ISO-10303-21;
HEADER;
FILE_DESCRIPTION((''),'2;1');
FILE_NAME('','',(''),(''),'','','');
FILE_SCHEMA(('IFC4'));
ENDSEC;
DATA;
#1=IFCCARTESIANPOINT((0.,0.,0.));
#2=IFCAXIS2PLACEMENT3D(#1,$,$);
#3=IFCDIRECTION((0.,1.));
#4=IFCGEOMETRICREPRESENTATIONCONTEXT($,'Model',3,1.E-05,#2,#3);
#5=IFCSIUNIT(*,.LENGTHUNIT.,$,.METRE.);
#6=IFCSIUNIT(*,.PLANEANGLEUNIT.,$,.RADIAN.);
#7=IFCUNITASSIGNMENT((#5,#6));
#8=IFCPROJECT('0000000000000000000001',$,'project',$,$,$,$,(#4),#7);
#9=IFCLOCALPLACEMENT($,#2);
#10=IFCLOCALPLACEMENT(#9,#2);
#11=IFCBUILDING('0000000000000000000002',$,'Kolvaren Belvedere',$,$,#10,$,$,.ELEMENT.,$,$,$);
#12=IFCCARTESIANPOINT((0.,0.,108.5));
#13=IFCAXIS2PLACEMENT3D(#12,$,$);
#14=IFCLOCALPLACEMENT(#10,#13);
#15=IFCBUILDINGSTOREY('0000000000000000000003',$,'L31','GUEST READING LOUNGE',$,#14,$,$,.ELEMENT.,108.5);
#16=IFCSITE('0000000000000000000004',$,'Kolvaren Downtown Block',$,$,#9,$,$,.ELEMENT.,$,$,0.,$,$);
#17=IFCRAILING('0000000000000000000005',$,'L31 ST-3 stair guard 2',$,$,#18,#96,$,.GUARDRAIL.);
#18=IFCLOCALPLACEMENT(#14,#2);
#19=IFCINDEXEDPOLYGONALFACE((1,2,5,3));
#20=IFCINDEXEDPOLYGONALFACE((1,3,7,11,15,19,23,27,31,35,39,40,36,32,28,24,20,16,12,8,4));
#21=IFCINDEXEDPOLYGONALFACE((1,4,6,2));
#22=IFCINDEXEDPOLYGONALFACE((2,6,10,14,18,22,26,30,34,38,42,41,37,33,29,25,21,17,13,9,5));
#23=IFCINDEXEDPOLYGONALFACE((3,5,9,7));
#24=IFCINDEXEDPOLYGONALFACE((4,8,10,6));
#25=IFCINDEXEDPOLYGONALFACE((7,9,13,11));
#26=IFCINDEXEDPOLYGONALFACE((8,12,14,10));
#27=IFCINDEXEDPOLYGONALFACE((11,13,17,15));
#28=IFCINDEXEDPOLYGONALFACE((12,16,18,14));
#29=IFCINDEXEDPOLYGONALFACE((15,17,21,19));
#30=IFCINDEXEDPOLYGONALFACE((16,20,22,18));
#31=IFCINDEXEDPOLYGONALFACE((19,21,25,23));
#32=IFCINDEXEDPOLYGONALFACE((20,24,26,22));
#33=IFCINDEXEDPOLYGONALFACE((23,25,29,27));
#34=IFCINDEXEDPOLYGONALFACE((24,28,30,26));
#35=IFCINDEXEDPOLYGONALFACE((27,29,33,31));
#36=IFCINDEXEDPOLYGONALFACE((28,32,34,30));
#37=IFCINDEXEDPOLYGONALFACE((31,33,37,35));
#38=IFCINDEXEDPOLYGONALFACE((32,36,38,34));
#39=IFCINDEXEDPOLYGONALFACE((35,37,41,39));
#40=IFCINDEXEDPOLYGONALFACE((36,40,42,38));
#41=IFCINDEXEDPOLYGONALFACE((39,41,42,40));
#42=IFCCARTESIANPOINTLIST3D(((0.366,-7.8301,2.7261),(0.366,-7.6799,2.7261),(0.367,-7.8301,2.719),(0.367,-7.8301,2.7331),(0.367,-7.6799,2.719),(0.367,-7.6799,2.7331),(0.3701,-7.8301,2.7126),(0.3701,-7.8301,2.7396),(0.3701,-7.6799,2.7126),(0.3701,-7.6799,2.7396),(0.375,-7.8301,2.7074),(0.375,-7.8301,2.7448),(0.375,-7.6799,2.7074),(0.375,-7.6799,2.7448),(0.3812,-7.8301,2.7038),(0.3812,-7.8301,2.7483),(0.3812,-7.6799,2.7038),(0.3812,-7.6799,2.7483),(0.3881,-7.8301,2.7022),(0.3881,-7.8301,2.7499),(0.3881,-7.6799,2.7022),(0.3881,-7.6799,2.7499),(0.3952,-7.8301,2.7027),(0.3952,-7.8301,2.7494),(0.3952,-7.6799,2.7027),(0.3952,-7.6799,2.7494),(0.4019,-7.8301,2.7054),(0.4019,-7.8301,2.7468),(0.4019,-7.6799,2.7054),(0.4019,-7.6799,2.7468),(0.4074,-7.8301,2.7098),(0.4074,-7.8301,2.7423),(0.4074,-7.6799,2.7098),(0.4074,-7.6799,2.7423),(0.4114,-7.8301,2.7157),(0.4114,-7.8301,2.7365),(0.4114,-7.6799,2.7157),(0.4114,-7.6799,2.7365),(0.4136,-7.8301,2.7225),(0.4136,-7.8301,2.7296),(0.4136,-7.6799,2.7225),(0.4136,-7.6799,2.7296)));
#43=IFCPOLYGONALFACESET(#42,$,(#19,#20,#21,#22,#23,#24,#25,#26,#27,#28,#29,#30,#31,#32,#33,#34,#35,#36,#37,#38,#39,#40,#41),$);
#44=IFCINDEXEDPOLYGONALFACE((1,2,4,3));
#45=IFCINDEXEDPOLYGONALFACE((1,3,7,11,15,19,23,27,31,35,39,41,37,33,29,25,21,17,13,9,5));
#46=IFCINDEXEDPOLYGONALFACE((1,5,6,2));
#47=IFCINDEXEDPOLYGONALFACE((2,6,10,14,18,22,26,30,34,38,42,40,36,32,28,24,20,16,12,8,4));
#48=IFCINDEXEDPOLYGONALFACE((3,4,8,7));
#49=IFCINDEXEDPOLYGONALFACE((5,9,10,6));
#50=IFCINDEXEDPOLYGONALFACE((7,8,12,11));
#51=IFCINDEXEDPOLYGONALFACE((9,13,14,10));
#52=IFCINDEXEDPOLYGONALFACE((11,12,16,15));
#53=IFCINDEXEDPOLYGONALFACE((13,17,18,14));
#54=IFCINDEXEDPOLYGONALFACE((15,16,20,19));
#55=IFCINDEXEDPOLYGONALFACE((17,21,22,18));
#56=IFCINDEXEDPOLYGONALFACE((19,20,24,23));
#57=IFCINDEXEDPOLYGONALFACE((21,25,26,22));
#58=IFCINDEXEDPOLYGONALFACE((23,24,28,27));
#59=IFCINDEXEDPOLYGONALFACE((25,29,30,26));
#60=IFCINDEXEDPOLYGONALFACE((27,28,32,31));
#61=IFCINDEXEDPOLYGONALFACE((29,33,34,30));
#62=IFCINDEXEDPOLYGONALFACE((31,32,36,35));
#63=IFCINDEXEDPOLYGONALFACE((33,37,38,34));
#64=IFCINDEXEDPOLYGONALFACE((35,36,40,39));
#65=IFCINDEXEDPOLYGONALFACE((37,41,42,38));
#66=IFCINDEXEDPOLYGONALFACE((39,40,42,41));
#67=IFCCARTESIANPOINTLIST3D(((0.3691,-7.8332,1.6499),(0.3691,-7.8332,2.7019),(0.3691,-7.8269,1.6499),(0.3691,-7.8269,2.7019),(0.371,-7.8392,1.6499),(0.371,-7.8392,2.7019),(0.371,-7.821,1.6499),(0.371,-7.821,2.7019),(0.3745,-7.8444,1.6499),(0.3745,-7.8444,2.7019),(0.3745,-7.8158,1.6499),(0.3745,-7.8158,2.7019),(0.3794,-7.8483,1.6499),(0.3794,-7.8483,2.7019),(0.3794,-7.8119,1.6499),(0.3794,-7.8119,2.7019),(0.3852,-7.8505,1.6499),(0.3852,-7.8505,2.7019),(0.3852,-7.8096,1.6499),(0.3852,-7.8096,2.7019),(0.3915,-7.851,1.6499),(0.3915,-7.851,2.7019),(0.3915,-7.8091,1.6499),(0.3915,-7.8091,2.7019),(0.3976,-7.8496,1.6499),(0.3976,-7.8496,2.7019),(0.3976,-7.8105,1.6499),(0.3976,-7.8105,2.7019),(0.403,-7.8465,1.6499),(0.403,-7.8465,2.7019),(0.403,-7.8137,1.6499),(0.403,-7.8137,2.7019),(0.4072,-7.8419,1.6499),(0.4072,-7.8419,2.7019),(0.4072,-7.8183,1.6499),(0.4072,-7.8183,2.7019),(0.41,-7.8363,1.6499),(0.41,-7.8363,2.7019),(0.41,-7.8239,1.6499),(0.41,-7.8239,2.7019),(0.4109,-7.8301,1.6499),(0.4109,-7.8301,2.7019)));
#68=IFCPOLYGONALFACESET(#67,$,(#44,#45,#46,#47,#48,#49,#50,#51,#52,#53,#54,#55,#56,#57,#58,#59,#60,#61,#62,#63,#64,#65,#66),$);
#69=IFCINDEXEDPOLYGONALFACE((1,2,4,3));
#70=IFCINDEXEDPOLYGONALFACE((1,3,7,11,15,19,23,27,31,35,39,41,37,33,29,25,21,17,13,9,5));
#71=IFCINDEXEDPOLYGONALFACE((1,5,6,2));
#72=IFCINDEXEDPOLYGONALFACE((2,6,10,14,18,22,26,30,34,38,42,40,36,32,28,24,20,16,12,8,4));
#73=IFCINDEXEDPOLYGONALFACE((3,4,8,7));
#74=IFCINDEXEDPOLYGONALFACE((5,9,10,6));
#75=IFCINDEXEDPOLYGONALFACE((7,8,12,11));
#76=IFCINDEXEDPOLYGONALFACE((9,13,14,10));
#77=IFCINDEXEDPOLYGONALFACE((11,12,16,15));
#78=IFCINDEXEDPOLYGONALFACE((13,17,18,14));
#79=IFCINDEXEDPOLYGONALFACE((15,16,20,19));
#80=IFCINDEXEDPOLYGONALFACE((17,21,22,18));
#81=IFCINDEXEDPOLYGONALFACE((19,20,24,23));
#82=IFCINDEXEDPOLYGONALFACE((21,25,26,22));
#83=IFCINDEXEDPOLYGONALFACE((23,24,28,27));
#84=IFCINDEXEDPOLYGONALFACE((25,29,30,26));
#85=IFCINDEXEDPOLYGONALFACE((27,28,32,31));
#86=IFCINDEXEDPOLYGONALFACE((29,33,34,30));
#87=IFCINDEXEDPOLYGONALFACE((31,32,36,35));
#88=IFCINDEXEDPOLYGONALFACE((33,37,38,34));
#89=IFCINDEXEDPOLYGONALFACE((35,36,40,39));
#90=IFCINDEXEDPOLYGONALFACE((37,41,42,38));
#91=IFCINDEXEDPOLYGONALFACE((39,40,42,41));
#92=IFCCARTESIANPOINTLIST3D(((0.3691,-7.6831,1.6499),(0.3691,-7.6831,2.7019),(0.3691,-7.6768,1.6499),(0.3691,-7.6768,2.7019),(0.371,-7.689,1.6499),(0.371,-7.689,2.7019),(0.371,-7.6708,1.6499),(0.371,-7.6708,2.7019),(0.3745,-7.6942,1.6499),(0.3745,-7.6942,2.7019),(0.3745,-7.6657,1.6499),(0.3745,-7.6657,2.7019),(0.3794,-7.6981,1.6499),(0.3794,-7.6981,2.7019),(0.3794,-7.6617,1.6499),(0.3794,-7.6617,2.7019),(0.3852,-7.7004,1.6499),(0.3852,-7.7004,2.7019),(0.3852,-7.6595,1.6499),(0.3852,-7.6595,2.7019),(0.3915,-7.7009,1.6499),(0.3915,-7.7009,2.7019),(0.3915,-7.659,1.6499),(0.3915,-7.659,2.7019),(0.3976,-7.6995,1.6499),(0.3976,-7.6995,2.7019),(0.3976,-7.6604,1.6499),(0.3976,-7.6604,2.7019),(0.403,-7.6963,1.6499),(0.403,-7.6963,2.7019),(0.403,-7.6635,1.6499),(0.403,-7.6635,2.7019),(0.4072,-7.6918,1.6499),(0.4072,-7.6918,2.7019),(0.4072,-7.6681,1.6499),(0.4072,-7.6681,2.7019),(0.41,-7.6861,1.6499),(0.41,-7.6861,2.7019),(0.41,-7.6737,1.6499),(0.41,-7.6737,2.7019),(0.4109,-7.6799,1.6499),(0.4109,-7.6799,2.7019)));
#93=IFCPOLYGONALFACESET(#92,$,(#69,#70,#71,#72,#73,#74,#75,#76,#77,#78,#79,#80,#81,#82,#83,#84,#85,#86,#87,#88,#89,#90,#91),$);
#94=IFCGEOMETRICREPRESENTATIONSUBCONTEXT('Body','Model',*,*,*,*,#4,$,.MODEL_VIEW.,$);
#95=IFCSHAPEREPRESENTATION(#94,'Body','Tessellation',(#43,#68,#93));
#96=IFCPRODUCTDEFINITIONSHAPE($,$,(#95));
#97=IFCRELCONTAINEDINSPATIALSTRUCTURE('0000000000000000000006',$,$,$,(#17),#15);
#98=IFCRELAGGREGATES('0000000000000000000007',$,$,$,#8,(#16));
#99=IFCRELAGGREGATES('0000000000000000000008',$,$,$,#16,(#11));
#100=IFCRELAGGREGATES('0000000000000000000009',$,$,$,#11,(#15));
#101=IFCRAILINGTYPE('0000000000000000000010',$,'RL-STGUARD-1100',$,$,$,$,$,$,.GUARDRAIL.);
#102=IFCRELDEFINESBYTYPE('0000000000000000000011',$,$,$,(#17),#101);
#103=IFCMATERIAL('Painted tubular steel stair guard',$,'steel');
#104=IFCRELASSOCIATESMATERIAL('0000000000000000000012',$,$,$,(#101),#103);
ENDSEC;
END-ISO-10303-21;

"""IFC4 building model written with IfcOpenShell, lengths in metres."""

from ifc_helpers import new_model, si_unit, direction, frame, origin, origin_2d, place, context, subcontext, project, spatial, circle, extrude, material, type_object, element, save


model = new_model("IFC4")

# Units and contexts
model_context = context("Model", 3, precision=1e-05, world=origin(), true_north=direction((0.0, 1.0)))
body_context = subcontext(model_context, "Body", "Model", "MODEL_VIEW")
ifc_project = project(units=[si_unit("LENGTHUNIT", "METRE"), si_unit("PLANEANGLEUNIT", "RADIAN")], contexts=[model_context])

# Site, building, storey
site_placement = place(None, origin())
site = spatial("IfcSite", under=ifc_project, at=site_placement, Name="Kolvaren Downtown Block", CompositionType="ELEMENT", RefElevation=0.0)
building_placement = place(site_placement, origin())
building = spatial("IfcBuilding", under=site, at=building_placement, Name="Kolvaren Belvedere", CompositionType="ELEMENT")
storey_placement = place(building_placement, frame((0.0, 0.0, 108.5)))
storey = spatial("IfcBuildingStorey", under=building, at=storey_placement, Name="L31", Description="GUEST READING LOUNGE", CompositionType="ELEMENT", Elevation=108.5)

# Railing
ifc_material_1 = material(Name="Painted tubular steel stair guard", Category="steel")
railing_type_1 = type_object("IfcRailingType", Name="RL-STGUARD-1100", PredefinedType="GUARDRAIL", material=ifc_material_1)
railing_1_placement = place(storey_placement, frame((0.3899, -7.8301, 1.6499)))
element("IfcRailing", 1, at=railing_1_placement, inside=storey, type_object=railing_type_1, Name="L31 ST-3 stair guard 2", PredefinedType="GUARDRAIL", context=body_context, shape_type="SweptSolid", body=[
    extrude(circle(Radius=0.0239, at=origin_2d()), frame((0.0, 0.0, 1.0762), z_axis=(0.0, 1.0, 0.0), x_axis=(-1.0, 0.0, 0.0)), (0.0, 0.0, 1.0), 0.1501),
    extrude(circle(Radius=0.021, at=origin_2d()), origin(), (0.0, 0.0, 1.0), 1.052),
    extrude(circle(Radius=0.021, at=origin_2d()), frame((0.0, 0.1501, 0.0)), (0.0, 0.0, 1.0), 1.052),
])

save(model, "model.ifc")
